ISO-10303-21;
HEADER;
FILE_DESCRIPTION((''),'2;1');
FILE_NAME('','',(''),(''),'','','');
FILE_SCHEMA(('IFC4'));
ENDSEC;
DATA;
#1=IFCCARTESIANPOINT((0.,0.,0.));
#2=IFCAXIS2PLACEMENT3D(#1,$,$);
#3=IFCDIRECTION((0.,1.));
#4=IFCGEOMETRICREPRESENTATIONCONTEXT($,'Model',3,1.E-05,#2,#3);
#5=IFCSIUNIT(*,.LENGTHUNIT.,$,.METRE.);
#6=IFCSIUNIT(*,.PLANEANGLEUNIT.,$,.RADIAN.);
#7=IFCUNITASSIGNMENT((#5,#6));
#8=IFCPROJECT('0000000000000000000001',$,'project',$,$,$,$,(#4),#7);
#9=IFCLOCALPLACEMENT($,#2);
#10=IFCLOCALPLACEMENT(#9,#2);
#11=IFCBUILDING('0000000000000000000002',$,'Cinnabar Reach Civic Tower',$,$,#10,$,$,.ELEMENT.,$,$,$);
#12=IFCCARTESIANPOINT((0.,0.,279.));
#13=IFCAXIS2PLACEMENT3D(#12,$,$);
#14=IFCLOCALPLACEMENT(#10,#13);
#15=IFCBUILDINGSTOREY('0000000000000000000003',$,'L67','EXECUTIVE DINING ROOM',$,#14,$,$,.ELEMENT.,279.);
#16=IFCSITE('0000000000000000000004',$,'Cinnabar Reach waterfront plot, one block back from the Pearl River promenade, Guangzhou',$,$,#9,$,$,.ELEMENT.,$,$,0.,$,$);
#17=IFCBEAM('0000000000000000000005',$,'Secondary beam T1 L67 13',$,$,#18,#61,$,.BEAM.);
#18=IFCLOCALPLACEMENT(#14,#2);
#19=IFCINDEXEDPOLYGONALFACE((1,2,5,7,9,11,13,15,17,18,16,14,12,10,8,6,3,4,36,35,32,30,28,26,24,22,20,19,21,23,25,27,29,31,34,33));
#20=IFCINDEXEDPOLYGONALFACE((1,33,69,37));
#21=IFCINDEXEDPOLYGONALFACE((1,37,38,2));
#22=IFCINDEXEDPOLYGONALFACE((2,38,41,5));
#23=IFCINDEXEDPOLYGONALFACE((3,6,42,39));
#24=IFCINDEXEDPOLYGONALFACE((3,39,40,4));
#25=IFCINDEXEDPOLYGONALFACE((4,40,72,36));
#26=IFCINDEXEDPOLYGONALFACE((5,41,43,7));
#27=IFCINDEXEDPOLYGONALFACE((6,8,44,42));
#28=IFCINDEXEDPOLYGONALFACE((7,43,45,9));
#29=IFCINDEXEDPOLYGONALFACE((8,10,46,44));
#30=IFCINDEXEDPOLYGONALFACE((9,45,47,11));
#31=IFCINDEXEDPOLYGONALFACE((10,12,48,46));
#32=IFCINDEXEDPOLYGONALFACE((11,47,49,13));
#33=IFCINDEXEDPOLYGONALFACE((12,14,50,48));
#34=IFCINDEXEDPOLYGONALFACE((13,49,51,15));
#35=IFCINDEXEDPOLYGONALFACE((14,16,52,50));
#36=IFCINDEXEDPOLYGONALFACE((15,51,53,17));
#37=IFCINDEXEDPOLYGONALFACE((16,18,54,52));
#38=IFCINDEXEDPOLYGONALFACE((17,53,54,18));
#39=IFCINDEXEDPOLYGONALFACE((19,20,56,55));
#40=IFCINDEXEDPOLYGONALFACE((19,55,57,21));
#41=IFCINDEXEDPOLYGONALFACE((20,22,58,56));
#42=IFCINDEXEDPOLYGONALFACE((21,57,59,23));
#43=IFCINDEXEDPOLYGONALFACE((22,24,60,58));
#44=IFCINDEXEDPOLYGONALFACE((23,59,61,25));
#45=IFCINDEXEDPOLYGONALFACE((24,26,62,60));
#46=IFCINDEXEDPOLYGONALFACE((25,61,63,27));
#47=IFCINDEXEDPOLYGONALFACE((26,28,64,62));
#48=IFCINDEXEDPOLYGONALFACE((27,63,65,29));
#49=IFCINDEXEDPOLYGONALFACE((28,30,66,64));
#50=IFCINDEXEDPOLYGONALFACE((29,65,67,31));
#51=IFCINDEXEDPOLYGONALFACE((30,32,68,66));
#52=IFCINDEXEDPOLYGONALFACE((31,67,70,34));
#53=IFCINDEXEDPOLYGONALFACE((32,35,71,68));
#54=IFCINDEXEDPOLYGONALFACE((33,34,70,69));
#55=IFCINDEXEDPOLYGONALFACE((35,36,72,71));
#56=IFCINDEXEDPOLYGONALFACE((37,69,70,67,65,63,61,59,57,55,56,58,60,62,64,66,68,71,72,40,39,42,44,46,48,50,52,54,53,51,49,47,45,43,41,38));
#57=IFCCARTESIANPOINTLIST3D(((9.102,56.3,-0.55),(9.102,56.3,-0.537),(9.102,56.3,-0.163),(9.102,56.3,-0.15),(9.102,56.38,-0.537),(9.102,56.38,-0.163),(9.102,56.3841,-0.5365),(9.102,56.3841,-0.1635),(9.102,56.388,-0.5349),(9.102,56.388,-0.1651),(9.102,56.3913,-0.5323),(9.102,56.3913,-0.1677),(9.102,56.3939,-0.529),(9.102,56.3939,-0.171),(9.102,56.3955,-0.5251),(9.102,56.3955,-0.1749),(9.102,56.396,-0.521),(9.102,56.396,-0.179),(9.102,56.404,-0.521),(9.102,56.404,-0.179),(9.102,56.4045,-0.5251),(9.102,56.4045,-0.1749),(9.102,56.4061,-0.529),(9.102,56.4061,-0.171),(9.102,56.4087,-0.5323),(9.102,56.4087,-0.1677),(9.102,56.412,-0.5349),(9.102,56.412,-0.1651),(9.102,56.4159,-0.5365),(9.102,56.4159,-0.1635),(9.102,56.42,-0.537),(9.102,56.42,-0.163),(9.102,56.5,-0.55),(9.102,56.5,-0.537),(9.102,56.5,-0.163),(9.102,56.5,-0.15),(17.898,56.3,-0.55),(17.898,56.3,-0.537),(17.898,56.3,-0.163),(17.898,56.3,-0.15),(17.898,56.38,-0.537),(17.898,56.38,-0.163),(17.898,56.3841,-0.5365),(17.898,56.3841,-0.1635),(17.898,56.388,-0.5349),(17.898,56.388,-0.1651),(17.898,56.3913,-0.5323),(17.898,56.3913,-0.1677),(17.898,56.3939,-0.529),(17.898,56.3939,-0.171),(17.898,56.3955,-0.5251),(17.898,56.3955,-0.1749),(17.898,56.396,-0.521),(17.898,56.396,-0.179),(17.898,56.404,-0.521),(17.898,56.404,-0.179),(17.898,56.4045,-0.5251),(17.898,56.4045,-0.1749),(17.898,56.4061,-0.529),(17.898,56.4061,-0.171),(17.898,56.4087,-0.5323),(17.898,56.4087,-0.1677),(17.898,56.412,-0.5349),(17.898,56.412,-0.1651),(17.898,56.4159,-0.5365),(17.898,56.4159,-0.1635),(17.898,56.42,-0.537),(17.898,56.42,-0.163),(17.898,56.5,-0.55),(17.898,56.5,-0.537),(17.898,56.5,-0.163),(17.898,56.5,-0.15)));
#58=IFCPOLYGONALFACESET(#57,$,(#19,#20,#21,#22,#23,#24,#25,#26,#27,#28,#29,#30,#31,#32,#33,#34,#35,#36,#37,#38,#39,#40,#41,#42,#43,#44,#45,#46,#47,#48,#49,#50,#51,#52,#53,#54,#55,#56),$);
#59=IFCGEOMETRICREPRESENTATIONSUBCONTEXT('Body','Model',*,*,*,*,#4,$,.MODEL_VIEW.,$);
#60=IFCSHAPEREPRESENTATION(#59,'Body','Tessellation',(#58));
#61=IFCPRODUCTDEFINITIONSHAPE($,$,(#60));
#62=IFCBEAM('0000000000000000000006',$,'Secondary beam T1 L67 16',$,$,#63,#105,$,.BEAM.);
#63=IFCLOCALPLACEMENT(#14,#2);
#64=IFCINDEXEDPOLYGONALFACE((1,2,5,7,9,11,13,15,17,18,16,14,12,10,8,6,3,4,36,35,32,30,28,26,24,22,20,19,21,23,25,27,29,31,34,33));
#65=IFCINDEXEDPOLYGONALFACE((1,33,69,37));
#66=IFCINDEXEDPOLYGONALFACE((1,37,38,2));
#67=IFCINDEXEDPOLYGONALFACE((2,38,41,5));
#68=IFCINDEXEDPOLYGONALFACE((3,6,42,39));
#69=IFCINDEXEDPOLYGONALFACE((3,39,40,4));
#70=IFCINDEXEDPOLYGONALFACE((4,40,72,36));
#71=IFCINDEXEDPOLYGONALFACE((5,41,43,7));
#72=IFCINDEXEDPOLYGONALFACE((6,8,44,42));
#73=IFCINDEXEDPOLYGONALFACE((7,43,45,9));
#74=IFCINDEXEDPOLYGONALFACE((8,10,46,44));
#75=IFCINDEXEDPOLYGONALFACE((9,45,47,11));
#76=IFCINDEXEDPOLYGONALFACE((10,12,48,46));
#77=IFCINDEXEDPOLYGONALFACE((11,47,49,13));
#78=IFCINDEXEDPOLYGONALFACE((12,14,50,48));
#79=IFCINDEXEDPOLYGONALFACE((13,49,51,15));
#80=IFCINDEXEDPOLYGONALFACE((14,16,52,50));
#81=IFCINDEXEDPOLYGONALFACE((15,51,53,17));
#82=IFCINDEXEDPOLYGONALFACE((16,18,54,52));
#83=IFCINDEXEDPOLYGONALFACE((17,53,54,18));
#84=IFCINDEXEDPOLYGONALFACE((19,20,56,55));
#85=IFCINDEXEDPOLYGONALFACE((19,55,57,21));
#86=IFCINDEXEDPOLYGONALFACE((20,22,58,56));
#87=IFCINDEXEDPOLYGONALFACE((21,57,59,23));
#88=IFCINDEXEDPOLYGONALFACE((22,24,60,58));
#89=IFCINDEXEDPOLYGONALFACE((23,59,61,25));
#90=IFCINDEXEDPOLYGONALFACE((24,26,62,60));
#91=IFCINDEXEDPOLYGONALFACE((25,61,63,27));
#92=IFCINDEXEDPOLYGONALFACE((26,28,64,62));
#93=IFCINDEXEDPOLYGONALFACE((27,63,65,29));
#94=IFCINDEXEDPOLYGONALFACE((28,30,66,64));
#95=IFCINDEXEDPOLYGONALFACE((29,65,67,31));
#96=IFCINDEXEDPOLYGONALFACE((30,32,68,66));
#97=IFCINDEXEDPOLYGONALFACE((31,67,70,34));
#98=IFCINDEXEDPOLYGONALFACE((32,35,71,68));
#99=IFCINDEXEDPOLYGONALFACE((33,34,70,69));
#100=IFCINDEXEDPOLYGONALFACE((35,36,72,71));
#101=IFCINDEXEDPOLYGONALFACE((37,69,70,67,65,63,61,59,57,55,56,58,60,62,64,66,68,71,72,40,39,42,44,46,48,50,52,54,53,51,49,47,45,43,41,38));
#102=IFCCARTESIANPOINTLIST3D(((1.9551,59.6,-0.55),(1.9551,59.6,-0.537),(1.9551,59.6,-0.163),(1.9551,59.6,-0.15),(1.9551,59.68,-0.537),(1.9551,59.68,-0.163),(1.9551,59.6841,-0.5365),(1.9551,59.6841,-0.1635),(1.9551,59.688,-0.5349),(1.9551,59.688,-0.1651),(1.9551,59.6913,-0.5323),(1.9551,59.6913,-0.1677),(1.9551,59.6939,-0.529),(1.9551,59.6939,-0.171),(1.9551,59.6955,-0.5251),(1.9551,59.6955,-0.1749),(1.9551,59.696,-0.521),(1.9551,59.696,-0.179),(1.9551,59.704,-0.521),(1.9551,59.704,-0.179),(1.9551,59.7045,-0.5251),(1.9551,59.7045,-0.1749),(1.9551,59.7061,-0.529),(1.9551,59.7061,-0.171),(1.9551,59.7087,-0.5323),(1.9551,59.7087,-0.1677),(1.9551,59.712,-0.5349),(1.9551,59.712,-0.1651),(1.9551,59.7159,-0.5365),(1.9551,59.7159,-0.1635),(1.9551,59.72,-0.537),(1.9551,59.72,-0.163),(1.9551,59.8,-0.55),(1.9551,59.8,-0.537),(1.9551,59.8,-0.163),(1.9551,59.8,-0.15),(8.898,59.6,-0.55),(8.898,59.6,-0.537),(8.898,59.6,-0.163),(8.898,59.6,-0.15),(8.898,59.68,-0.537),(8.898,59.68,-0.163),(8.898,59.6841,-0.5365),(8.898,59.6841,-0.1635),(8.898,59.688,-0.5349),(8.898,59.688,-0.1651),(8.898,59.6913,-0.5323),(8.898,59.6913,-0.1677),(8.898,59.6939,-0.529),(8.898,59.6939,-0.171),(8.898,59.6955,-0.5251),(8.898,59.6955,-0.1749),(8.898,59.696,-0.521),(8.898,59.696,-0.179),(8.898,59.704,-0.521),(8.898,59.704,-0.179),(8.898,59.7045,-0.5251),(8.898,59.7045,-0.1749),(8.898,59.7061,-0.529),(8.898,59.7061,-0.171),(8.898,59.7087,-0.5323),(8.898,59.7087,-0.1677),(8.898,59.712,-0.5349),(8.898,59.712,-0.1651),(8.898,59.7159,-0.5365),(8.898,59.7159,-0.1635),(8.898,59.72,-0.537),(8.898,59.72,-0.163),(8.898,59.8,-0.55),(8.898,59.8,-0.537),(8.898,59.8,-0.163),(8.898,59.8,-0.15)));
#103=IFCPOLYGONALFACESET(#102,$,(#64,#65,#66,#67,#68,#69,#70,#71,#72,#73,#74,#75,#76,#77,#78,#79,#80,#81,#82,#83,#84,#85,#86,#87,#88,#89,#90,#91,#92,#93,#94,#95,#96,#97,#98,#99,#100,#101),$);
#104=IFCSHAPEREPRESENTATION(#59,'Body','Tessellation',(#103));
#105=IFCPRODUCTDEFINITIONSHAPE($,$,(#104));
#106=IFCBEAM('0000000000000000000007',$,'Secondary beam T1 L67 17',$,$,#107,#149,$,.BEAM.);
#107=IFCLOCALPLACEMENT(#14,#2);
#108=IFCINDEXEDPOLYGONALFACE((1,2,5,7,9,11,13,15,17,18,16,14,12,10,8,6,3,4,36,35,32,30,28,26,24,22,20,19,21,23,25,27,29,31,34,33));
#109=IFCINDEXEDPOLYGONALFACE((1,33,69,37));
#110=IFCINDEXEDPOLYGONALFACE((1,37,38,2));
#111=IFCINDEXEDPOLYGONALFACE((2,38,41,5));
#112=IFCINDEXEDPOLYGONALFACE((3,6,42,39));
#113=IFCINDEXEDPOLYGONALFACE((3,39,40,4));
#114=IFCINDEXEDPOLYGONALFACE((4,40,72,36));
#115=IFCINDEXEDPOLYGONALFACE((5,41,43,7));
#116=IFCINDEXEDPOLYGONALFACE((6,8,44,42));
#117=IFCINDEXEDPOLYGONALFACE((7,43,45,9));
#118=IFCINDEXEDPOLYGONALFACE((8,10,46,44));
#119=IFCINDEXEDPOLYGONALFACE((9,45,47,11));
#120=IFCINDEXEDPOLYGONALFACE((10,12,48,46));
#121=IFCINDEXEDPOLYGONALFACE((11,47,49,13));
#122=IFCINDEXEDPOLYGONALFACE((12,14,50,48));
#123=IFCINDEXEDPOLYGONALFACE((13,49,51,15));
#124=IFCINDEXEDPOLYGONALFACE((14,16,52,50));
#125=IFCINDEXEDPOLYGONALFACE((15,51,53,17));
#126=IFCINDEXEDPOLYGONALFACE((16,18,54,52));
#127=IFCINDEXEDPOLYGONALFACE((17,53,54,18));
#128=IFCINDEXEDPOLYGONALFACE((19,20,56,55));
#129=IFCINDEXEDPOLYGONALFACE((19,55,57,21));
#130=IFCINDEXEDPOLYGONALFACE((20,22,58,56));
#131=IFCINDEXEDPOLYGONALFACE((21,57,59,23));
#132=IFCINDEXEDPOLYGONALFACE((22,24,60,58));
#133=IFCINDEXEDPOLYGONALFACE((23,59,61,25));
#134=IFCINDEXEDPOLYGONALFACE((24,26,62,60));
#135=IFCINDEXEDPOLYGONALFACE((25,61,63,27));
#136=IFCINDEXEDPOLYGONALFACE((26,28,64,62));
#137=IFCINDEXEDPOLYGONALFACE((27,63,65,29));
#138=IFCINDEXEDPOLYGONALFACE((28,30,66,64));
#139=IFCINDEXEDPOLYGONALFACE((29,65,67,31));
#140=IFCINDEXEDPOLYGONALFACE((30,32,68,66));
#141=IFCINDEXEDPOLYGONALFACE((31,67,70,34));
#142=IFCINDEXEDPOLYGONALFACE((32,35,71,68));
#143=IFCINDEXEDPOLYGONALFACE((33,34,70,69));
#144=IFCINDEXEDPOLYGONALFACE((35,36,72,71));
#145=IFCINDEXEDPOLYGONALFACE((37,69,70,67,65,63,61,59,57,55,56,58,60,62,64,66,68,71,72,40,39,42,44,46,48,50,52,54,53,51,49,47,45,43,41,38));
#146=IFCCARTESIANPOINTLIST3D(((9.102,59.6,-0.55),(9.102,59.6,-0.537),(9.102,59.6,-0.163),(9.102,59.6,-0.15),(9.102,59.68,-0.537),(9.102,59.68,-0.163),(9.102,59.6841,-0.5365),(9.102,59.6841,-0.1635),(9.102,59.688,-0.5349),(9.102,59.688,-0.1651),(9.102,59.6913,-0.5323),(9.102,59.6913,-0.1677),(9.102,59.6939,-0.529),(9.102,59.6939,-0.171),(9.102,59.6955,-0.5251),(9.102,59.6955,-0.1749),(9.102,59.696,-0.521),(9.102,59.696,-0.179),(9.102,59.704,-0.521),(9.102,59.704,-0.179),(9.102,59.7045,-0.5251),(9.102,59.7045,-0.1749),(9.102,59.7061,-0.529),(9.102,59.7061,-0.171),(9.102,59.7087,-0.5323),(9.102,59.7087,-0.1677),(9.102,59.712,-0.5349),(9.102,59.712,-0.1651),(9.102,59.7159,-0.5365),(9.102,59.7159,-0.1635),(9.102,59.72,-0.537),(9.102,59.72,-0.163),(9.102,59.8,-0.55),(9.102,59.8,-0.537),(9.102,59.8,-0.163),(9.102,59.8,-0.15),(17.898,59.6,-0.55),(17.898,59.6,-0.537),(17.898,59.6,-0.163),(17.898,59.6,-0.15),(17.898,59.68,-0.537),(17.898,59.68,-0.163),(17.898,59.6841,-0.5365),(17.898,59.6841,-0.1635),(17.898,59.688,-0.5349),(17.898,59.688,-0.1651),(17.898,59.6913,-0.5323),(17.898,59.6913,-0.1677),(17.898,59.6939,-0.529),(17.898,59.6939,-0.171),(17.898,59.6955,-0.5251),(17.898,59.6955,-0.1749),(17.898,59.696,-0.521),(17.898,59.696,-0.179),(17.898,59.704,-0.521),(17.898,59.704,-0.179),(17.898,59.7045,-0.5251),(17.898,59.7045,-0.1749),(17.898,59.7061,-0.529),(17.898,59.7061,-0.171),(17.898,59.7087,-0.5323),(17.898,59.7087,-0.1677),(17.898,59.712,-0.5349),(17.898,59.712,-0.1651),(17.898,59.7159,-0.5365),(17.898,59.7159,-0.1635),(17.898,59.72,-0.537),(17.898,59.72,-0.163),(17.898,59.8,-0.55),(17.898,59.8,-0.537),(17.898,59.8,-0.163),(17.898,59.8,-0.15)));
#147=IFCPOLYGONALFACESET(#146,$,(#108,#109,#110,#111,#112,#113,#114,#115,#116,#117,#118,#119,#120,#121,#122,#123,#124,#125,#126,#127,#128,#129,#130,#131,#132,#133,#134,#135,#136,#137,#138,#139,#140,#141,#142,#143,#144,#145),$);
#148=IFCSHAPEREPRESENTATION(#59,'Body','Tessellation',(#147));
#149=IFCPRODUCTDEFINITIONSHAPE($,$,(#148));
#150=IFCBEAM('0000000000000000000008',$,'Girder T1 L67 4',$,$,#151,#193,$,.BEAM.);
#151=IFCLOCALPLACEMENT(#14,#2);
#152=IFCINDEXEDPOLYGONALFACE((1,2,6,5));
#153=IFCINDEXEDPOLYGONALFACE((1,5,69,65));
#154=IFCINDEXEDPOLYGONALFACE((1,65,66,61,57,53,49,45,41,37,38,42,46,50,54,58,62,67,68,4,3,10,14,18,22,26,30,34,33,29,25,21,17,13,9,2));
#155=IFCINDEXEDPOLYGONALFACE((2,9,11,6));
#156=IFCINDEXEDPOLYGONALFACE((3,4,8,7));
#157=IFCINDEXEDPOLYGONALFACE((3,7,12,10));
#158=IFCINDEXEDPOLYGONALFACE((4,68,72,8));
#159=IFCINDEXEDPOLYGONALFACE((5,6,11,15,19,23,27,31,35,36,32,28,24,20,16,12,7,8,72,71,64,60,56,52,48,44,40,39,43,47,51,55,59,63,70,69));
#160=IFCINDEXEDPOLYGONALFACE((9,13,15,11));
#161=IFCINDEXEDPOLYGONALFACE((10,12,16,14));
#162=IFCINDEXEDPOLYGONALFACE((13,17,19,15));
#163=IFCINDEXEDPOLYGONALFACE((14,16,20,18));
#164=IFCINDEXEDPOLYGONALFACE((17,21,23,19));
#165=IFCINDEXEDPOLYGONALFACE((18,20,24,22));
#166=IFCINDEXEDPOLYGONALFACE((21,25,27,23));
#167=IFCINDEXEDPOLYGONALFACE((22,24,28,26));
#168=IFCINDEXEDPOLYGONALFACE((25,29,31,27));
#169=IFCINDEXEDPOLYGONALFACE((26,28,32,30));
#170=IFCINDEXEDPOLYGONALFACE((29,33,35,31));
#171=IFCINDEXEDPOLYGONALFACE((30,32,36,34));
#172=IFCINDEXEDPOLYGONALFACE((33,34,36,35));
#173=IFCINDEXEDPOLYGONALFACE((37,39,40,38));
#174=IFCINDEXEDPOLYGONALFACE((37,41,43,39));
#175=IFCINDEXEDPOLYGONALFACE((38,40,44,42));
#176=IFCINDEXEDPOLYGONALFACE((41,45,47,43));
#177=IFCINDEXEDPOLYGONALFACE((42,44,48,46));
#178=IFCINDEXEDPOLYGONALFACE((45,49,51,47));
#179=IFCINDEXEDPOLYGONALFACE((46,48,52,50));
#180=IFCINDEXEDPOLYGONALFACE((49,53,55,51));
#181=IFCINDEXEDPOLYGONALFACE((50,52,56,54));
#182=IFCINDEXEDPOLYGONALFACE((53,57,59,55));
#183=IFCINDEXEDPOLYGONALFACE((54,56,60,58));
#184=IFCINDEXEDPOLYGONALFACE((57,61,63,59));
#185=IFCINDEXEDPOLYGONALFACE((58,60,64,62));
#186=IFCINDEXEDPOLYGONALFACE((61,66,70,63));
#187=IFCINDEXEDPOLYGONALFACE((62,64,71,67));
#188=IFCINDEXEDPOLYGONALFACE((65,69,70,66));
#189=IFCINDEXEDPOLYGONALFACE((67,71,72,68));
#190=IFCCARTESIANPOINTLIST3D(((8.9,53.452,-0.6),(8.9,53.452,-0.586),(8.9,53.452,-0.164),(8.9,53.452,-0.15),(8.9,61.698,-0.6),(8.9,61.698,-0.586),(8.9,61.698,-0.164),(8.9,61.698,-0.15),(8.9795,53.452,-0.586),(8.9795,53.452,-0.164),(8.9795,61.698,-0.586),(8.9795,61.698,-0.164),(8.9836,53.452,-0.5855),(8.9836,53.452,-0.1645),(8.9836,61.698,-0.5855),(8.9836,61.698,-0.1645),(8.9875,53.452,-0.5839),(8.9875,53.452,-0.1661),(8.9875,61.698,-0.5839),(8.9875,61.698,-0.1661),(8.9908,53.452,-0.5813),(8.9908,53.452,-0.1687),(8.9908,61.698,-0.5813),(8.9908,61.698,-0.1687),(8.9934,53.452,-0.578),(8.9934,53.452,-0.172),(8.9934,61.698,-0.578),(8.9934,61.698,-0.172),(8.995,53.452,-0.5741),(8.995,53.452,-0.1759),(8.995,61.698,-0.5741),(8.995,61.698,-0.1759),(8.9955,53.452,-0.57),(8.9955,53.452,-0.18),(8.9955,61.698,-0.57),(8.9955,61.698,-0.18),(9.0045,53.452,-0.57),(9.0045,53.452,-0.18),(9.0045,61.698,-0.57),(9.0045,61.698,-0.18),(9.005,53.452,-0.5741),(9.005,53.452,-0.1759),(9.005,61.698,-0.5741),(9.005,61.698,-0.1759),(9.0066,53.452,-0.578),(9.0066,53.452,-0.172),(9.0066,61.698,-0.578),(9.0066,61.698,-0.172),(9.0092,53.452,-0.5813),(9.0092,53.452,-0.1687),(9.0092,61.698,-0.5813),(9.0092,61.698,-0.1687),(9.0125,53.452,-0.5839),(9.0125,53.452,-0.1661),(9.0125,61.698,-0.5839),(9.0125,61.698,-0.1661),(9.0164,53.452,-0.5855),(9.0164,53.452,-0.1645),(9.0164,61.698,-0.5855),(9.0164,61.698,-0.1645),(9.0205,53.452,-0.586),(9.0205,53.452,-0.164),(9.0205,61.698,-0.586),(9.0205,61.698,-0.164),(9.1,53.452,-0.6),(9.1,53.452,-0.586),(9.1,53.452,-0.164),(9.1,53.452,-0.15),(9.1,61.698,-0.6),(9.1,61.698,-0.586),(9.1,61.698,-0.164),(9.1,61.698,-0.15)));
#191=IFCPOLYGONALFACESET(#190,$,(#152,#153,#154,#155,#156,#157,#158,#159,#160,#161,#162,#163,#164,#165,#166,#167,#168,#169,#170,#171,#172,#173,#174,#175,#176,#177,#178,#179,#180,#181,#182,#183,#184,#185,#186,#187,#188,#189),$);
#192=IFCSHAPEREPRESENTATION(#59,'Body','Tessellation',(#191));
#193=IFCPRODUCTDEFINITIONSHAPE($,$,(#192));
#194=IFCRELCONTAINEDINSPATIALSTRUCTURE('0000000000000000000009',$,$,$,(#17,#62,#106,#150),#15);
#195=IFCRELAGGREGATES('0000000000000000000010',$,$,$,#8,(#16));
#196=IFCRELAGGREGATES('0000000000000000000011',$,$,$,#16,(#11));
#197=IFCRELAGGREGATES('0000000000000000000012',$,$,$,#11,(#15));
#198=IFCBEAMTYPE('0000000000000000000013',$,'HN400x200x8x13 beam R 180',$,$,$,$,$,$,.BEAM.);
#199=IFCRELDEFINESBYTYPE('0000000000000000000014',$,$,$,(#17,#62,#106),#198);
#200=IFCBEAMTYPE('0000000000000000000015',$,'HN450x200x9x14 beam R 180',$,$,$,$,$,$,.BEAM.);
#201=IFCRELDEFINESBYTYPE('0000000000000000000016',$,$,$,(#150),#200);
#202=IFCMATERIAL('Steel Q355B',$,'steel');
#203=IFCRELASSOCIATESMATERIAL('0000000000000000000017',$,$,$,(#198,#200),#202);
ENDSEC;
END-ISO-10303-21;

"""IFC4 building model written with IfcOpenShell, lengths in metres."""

from ifc_helpers import new_model, si_unit, direction, frame, origin, origin_2d, place, context, subcontext, project, spatial, i_section, extrude, material, material_profile, profile_set, type_object, element, save


model = new_model("IFC4")

# Units and contexts
model_context = context("Model", 3, precision=1e-05, world=origin(), true_north=direction((0.0, 1.0)))
body_context = subcontext(model_context, "Body", "Model", "MODEL_VIEW")
ifc_project = project(units=[si_unit("LENGTHUNIT", "METRE"), si_unit("PLANEANGLEUNIT", "RADIAN")], contexts=[model_context])

# Site, building, storey
site_placement = place(None, origin())
site = spatial("IfcSite", under=ifc_project, at=site_placement, Name="Cinnabar Reach waterfront plot, one block back from the Pearl River promenade, Guangzhou", CompositionType="ELEMENT", RefElevation=0.0)
building_placement = place(site_placement, origin())
building = spatial("IfcBuilding", under=site, at=building_placement, Name="Cinnabar Reach Civic Tower", CompositionType="ELEMENT")
storey_placement = place(building_placement, frame((0.0, 0.0, 279.0)))
storey = spatial("IfcBuildingStorey", under=building, at=storey_placement, Name="L67", Description="EXECUTIVE DINING ROOM", CompositionType="ELEMENT", Elevation=279.0)

# Beams
ifc_material_1 = material(Name="Steel Q355B", Category="steel")
ifc_material_profile_1 = material_profile(ifc_material_1, i_section(OverallWidth=0.2, OverallDepth=0.4, WebThickness=0.008, FlangeThickness=0.013, FilletRadius=0.016, at=origin_2d()), Name="HN400x200x8x13")
ifc_profile_set_1 = profile_set([ifc_material_profile_1], Name="Steel Q355B")
beam_type_1 = type_object("IfcBeamType", Name="HN400x200x8x13 beam R 180", PredefinedType="BEAM", material=ifc_profile_set_1)
beam_1_placement = place(storey_placement, frame((9.102, 56.4, -0.35), z_axis=(1.0, 0.0, 0.0), x_axis=(0.0, 1.0, 0.0)))
element("IfcBeam", 1, at=beam_1_placement, inside=storey, type_object=beam_type_1, Name="Secondary beam T1 L67 13", PredefinedType="BEAM", context=body_context, shape_type="SweptSolid", body=[
    extrude(i_section(OverallWidth=0.2, OverallDepth=0.4, WebThickness=0.008, FlangeThickness=0.013, FilletRadius=0.016, at=origin_2d()), origin(), (0.0, 0.0, 1.0), 8.796),
])
beam_2_placement = place(storey_placement, frame((1.9551, 59.7, -0.35), z_axis=(1.0, 0.0, 0.0), x_axis=(0.0, 1.0, 0.0)))
element("IfcBeam", 2, at=beam_2_placement, inside=storey, type_object=beam_type_1, Name="Secondary beam T1 L67 16", PredefinedType="BEAM", context=body_context, shape_type="SweptSolid", body=[
    extrude(i_section(OverallWidth=0.2, OverallDepth=0.4, WebThickness=0.008, FlangeThickness=0.013, FilletRadius=0.016, at=origin_2d()), origin(), (0.0, 0.0, 1.0), 6.9429),
])
beam_3_placement = place(storey_placement, frame((9.102, 59.7, -0.35), z_axis=(1.0, 0.0, 0.0), x_axis=(0.0, 1.0, 0.0)))
element("IfcBeam", 3, at=beam_3_placement, inside=storey, type_object=beam_type_1, Name="Secondary beam T1 L67 17", PredefinedType="BEAM", context=body_context, shape_type="SweptSolid", body=[
    extrude(i_section(OverallWidth=0.2, OverallDepth=0.4, WebThickness=0.008, FlangeThickness=0.013, FilletRadius=0.016, at=origin_2d()), origin(), (0.0, 0.0, 1.0), 8.796),
])
ifc_material_profile_2 = material_profile(ifc_material_1, i_section(OverallWidth=0.2, OverallDepth=0.45, WebThickness=0.009, FlangeThickness=0.014, FilletRadius=0.016, at=origin_2d()), Name="HN450x200x9x14")
ifc_profile_set_2 = profile_set([ifc_material_profile_2], Name="Steel Q355B")
beam_type_2 = type_object("IfcBeamType", Name="HN450x200x9x14 beam R 180", PredefinedType="BEAM", material=ifc_profile_set_2)
beam_4_placement = place(storey_placement, frame((9.0, 53.452, -0.375), z_axis=(0.0, 1.0, 0.0), x_axis=(-1.0, 0.0, 0.0)))
element("IfcBeam", 4, at=beam_4_placement, inside=storey, type_object=beam_type_2, Name="Girder T1 L67 4", PredefinedType="BEAM", context=body_context, shape_type="SweptSolid", body=[
    extrude(i_section(OverallWidth=0.2, OverallDepth=0.45, WebThickness=0.009, FlangeThickness=0.014, FilletRadius=0.016, at=origin_2d()), origin(), (0.0, 0.0, 1.0), 8.246),
])

save(model, "model.ifc")
